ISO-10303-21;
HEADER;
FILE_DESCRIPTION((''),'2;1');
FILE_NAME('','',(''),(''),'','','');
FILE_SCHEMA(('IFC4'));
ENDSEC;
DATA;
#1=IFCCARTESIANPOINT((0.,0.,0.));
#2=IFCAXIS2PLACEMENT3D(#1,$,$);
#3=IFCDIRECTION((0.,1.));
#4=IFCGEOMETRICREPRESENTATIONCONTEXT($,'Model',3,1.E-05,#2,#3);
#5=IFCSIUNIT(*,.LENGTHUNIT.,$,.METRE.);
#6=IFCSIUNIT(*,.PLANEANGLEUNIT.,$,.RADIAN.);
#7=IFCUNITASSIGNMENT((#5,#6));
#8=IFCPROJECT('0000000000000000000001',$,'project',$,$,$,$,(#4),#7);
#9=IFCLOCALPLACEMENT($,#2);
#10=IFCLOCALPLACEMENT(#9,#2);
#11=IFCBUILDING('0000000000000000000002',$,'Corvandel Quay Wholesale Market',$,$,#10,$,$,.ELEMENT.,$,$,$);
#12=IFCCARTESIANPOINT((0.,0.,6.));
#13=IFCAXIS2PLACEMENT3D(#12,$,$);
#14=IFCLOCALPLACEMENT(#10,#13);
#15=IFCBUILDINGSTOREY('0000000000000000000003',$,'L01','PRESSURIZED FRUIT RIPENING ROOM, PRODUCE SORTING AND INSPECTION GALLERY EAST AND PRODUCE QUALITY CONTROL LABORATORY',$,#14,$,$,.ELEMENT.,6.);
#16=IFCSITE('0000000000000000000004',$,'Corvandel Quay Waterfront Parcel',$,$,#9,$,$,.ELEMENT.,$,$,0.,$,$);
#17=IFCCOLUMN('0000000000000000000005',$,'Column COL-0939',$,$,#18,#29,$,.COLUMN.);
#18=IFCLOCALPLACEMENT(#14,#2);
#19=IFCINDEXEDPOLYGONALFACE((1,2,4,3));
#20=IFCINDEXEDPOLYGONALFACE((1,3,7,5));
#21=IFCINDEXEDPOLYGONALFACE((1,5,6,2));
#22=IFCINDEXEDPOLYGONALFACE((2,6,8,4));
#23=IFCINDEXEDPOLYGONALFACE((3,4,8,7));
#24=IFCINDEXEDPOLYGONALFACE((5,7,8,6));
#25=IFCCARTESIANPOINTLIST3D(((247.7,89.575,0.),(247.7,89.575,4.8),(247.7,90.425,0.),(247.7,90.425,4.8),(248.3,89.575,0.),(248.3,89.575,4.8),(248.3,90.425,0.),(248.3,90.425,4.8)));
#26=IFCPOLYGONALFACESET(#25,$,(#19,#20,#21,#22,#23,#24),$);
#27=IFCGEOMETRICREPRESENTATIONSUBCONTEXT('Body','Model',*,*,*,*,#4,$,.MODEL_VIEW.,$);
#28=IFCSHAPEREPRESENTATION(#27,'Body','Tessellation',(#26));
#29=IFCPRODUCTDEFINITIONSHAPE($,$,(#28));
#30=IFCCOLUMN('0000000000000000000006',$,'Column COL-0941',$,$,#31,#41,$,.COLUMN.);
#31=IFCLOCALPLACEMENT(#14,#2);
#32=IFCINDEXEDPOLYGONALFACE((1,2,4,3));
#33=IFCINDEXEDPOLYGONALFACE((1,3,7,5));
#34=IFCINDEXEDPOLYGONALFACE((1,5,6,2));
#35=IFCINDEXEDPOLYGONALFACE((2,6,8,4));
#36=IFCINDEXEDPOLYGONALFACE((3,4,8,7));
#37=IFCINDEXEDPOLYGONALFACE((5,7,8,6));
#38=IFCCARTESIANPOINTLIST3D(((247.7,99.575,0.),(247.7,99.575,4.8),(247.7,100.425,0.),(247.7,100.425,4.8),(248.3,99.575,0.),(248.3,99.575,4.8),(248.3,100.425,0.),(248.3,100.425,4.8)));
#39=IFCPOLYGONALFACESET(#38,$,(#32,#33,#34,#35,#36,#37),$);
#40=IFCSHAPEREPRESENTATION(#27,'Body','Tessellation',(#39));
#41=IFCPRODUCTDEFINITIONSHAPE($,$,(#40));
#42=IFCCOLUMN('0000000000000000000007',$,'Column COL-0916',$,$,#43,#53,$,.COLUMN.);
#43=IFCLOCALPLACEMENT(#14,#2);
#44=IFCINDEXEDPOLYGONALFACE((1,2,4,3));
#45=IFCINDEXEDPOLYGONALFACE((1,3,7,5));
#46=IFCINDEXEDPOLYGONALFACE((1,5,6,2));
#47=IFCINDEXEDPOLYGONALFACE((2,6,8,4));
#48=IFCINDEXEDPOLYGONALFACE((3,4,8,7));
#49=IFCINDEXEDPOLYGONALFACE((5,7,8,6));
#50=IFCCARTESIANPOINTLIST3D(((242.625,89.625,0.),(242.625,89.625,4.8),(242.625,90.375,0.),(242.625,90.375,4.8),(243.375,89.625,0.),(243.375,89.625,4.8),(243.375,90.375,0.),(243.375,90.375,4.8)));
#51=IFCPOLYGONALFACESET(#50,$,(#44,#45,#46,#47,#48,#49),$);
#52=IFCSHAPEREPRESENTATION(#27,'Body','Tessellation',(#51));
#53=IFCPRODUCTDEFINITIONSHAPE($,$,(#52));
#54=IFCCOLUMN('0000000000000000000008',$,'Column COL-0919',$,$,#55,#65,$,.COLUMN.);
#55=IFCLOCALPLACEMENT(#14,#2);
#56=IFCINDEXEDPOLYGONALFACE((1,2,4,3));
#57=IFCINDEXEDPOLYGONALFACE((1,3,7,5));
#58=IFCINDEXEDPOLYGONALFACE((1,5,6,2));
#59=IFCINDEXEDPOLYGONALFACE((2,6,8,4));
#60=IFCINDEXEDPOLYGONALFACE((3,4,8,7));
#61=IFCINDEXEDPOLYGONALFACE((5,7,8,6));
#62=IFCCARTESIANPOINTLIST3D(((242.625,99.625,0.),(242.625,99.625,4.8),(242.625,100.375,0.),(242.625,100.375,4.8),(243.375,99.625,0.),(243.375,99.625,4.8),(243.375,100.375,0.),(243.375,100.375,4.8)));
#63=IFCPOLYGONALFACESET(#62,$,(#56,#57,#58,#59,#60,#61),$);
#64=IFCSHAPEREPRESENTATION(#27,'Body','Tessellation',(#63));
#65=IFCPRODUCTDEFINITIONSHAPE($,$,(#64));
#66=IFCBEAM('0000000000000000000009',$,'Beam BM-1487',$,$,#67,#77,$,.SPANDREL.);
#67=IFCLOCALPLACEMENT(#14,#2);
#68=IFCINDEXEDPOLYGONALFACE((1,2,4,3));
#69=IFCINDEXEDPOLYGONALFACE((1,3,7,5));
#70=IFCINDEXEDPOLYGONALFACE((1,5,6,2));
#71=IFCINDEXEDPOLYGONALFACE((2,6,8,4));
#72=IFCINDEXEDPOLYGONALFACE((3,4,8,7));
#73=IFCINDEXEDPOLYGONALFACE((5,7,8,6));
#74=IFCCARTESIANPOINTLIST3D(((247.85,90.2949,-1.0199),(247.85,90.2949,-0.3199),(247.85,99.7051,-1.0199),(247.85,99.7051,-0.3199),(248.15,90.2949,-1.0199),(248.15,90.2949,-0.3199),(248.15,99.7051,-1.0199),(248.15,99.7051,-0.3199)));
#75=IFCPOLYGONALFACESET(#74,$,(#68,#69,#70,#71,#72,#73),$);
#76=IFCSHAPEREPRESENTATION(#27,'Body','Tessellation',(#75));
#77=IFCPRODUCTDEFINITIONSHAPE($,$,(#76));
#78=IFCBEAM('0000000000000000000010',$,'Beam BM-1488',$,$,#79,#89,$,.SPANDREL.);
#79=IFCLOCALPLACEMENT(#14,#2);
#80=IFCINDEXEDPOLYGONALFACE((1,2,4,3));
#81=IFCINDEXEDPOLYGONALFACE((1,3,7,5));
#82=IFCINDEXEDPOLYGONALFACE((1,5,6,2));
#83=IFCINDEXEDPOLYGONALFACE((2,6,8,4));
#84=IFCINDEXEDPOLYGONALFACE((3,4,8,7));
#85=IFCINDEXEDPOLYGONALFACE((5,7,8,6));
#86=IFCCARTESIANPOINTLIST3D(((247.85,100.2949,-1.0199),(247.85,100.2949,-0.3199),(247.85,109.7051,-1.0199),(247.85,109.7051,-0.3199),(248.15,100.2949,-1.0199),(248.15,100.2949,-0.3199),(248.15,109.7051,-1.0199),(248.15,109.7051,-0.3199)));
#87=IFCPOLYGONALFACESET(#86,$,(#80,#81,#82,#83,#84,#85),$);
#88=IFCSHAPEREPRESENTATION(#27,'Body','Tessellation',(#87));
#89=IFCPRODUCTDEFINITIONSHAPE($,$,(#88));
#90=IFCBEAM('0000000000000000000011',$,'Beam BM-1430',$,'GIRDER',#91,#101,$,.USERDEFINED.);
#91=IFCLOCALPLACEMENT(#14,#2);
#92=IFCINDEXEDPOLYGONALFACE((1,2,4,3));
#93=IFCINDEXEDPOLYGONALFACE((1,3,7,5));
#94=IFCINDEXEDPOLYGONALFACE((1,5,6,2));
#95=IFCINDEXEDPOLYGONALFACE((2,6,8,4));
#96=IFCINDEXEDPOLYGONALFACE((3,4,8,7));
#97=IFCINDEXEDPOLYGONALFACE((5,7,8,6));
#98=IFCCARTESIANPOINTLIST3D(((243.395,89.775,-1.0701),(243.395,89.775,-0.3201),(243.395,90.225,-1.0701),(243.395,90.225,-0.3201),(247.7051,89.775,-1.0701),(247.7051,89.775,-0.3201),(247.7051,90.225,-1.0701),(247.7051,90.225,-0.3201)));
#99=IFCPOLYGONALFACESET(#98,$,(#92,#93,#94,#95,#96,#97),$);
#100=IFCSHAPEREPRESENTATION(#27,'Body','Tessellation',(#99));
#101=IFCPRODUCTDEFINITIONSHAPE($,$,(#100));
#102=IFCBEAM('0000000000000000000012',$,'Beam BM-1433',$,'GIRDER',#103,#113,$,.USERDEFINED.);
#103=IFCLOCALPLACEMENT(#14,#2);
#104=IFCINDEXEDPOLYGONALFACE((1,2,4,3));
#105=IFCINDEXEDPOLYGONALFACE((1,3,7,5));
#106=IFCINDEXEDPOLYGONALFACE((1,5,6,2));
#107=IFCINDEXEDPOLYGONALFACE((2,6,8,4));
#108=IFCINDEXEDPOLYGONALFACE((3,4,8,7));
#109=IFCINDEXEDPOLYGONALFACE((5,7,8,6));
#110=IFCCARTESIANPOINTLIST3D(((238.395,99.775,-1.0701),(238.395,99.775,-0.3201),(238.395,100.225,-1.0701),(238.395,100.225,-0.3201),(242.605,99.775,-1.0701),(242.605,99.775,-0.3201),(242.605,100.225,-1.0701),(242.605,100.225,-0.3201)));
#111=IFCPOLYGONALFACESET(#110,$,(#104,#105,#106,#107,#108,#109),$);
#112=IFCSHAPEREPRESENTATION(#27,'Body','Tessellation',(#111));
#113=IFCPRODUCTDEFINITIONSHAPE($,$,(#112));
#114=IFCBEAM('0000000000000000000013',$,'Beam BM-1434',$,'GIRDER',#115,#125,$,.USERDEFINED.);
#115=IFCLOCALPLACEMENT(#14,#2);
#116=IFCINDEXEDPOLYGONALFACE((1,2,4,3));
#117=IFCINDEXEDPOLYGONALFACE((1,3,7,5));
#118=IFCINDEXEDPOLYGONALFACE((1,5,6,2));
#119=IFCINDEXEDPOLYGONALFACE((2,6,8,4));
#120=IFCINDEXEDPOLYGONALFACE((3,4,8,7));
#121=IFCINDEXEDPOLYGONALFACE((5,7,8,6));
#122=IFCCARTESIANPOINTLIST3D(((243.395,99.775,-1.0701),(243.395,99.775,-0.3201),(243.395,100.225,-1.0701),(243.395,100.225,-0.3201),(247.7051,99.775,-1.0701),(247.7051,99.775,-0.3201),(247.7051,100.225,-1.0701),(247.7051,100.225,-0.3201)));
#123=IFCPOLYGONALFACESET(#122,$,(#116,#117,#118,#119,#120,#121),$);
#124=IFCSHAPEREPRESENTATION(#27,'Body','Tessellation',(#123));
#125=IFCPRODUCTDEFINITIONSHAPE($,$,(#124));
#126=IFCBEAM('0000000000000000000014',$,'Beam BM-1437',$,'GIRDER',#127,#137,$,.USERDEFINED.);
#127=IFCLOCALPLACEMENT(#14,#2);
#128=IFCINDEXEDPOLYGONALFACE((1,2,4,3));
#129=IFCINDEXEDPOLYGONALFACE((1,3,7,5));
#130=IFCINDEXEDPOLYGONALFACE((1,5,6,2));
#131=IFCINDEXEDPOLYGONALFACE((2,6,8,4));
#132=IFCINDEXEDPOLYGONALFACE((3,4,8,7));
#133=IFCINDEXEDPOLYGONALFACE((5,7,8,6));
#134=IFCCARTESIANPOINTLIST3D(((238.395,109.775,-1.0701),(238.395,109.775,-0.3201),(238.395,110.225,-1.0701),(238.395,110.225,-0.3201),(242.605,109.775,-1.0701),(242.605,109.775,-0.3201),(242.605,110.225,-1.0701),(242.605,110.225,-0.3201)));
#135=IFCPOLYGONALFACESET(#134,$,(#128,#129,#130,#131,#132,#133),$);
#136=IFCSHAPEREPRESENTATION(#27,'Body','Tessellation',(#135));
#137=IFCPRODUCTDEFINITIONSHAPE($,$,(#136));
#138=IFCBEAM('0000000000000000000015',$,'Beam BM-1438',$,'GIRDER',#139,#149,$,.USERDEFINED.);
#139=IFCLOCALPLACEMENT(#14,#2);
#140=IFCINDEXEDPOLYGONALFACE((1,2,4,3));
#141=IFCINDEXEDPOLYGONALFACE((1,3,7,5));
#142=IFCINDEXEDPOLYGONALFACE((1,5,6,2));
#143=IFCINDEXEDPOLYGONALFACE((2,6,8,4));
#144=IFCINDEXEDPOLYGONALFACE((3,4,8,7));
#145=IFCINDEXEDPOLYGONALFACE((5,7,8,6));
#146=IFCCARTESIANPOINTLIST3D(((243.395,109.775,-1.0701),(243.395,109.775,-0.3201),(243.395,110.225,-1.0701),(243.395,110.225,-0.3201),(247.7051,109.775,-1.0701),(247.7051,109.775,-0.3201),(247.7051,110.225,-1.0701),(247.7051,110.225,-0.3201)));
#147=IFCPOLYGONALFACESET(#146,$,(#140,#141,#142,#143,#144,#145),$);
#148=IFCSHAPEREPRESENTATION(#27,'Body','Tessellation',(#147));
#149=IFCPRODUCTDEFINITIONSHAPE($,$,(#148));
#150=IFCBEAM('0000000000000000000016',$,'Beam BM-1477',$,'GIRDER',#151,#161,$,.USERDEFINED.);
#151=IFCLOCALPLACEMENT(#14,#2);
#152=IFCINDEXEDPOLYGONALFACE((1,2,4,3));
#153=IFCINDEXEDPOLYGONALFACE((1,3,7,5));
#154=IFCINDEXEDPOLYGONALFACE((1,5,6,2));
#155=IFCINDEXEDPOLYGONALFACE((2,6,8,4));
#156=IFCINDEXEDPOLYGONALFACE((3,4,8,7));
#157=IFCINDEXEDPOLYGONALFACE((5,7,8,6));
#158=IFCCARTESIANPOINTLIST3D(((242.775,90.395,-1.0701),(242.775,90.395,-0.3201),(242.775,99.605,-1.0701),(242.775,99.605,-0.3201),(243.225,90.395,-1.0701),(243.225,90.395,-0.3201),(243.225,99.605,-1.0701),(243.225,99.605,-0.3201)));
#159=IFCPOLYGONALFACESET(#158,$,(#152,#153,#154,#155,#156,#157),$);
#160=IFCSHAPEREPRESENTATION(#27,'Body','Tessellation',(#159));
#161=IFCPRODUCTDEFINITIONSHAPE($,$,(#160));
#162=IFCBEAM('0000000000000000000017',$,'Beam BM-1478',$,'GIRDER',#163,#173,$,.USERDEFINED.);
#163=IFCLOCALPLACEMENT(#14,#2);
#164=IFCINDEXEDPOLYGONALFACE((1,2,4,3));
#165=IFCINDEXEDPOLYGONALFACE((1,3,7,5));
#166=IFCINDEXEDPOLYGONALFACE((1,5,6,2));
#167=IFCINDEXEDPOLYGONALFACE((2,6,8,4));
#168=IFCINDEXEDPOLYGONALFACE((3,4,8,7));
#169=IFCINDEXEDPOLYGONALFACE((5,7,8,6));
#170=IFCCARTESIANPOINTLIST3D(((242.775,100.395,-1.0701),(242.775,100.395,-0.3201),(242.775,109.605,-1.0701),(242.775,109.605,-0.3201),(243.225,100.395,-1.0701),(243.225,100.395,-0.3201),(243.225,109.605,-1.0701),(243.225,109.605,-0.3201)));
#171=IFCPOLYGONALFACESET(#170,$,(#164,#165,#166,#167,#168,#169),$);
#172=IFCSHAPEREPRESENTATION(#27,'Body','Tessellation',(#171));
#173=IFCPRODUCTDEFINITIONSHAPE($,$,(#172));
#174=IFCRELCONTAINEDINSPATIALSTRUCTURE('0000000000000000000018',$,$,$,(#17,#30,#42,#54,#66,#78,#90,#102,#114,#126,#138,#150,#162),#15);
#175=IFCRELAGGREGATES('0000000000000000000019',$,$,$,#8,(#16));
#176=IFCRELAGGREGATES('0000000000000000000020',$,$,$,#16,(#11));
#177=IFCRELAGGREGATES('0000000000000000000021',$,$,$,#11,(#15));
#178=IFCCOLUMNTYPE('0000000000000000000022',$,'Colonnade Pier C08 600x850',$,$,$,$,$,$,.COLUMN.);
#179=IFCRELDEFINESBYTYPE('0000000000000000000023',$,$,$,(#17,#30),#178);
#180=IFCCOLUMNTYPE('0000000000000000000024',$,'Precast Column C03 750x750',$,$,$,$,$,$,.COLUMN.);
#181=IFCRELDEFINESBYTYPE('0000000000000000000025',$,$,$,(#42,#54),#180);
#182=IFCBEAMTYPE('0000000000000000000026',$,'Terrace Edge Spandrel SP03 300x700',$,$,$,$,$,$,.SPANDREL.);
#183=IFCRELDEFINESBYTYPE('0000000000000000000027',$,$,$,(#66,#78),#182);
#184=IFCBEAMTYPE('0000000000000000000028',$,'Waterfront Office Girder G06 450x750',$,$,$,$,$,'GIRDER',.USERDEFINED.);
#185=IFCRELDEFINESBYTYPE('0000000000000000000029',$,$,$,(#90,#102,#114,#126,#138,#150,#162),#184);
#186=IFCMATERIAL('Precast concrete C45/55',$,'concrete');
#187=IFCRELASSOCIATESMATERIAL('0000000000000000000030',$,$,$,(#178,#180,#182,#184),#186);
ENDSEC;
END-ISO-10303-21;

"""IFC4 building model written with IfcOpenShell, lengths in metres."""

from ifc_helpers import new_model, si_unit, direction, frame, origin, origin_2d, place, context, subcontext, project, spatial, rectangle, extrude, material, material_profile, profile_set, type_object, element, save


model = new_model("IFC4")

# Units and contexts
model_context = context("Model", 3, precision=1e-05, world=origin(), true_north=direction((0.0, 1.0)))
body_context = subcontext(model_context, "Body", "Model", "MODEL_VIEW")
ifc_project = project(units=[si_unit("LENGTHUNIT", "METRE"), si_unit("PLANEANGLEUNIT", "RADIAN")], contexts=[model_context])

# Site, building, storey
site_placement = place(None, origin())
site = spatial("IfcSite", under=ifc_project, at=site_placement, Name="Corvandel Quay Waterfront Parcel", CompositionType="ELEMENT", RefElevation=0.0)
building_placement = place(site_placement, origin())
building = spatial("IfcBuilding", under=site, at=building_placement, Name="Corvandel Quay Wholesale Market", CompositionType="ELEMENT")
storey_placement = place(building_placement, frame((0.0, 0.0, 6.0)))
storey = spatial("IfcBuildingStorey", under=building, at=storey_placement, Name="L01", Description="PRESSURIZED FRUIT RIPENING ROOM, PRODUCE SORTING AND INSPECTION GALLERY EAST AND PRODUCE QUALITY CONTROL LABORATORY", CompositionType="ELEMENT", Elevation=6.0)

# Columns
ifc_material_1 = material(Name="Precast concrete C45/55", Category="concrete")
ifc_material_profile_1 = material_profile(ifc_material_1, rectangle(XDim=0.6001, YDim=0.8501, at=origin_2d()), Name="PC-COL-600x850")
ifc_profile_set_1 = profile_set([ifc_material_profile_1], Name="Precast concrete C45/55")
column_type_1 = type_object("IfcColumnType", Name="Colonnade Pier C08 600x850", PredefinedType="COLUMN", material=ifc_profile_set_1)
for number, where, z_axis, x_axis, name in (
    (1, (248.0, 90.0, 0.0), (0.0, 0.0, 1.0), (1.0, 0.0, 0.0), "Column COL-0939"),
    (2, (248.0, 100.0, 0.0), (0.0, 0.0, 1.0), (1.0, 0.0, 0.0), "Column COL-0941"),
):
    element("IfcColumn", number, at=place(storey_placement, frame(where, z_axis=z_axis, x_axis=x_axis)), inside=storey, type_object=column_type_1, Name=name, PredefinedType="COLUMN", context=body_context, shape_type="SweptSolid", body=[
        extrude(rectangle(XDim=0.6001, YDim=0.8501, at=origin_2d()), origin(), (0.0, 0.0, 1.0), 4.8),
    ])
ifc_material_profile_2 = material_profile(ifc_material_1, rectangle(XDim=0.75, YDim=0.75, at=origin_2d()), Name="PC-COL-750x750")
ifc_profile_set_2 = profile_set([ifc_material_profile_2], Name="Precast concrete C45/55")
column_type_2 = type_object("IfcColumnType", Name="Precast Column C03 750x750", PredefinedType="COLUMN", material=ifc_profile_set_2)
for number, where, z_axis, x_axis, name in (
    (3, (243.0, 90.0, 0.0), (0.0, 0.0, 1.0), (1.0, 0.0, 0.0), "Column COL-0916"),
    (4, (243.0, 100.0, 0.0), (0.0, 0.0, 1.0), (1.0, 0.0, 0.0), "Column COL-0919"),
):
    element("IfcColumn", number, at=place(storey_placement, frame(where, z_axis=z_axis, x_axis=x_axis)), inside=storey, type_object=column_type_2, Name=name, PredefinedType="COLUMN", context=body_context, shape_type="SweptSolid", body=[
        extrude(rectangle(XDim=0.75, YDim=0.75, at=origin_2d()), origin(), (0.0, 0.0, 1.0), 4.8),
    ])

# Beams
ifc_material_profile_3 = material_profile(ifc_material_1, rectangle(XDim=0.3, YDim=0.7, at=origin_2d()), Name="PC-SPN-300x700")
ifc_profile_set_3 = profile_set([ifc_material_profile_3], Name="Precast concrete C45/55")
beam_type_1 = type_object("IfcBeamType", Name="Terrace Edge Spandrel SP03 300x700", PredefinedType="SPANDREL", material=ifc_profile_set_3)
for number, where, z_axis, x_axis, name in (
    (5, (248.0, 90.2949, -0.6699), (0.0, 1.0, 0.0), (-1.0, 0.0, 0.0), "Beam BM-1487"),
    (6, (248.0, 100.2949, -0.6699), (0.0, 1.0, 0.0), (-1.0, 0.0, 0.0), "Beam BM-1488"),
):
    element("IfcBeam", number, at=place(storey_placement, frame(where, z_axis=z_axis, x_axis=x_axis)), inside=storey, type_object=beam_type_1, Name=name, PredefinedType="SPANDREL", context=body_context, shape_type="SweptSolid", body=[
        extrude(rectangle(XDim=0.3, YDim=0.7, at=origin_2d()), origin(), (0.0, 0.0, 1.0), 9.4102),
    ])
ifc_material_profile_4 = material_profile(ifc_material_1, rectangle(XDim=0.45, YDim=0.75, at=origin_2d()), Name="PC-GIR-450x750")
ifc_profile_set_4 = profile_set([ifc_material_profile_4], Name="Precast concrete C45/55")
beam_type_2 = type_object("IfcBeamType", Name="Waterfront Office Girder G06 450x750", ElementType="GIRDER", PredefinedType="USERDEFINED", material=ifc_profile_set_4)
beam_1_placement = place(storey_placement, frame((243.395, 90.0, -0.6951), z_axis=(1.0, 0.0, 0.0), x_axis=(0.0, 1.0, 0.0)))
element("IfcBeam", 7, at=beam_1_placement, inside=storey, type_object=beam_type_2, Name="Beam BM-1430", ObjectType="GIRDER", PredefinedType="USERDEFINED", context=body_context, shape_type="SweptSolid", body=[
    extrude(rectangle(XDim=0.45, YDim=0.75, at=origin_2d()), origin(), (0.0, 0.0, 1.0), 4.3101),
])
beam_2_placement = place(storey_placement, frame((238.395, 100.0, -0.6951), z_axis=(1.0, 0.0, 0.0), x_axis=(0.0, 1.0, 0.0)))
element("IfcBeam", 8, at=beam_2_placement, inside=storey, type_object=beam_type_2, Name="Beam BM-1433", ObjectType="GIRDER", PredefinedType="USERDEFINED", context=body_context, shape_type="SweptSolid", body=[
    extrude(rectangle(XDim=0.45, YDim=0.75, at=origin_2d()), origin(), (0.0, 0.0, 1.0), 4.21),
])
beam_3_placement = place(storey_placement, frame((243.395, 100.0, -0.6951), z_axis=(1.0, 0.0, 0.0), x_axis=(0.0, 1.0, 0.0)))
element("IfcBeam", 9, at=beam_3_placement, inside=storey, type_object=beam_type_2, Name="Beam BM-1434", ObjectType="GIRDER", PredefinedType="USERDEFINED", context=body_context, shape_type="SweptSolid", body=[
    extrude(rectangle(XDim=0.45, YDim=0.75, at=origin_2d()), origin(), (0.0, 0.0, 1.0), 4.3101),
])
beam_4_placement = place(storey_placement, frame((238.395, 110.0, -0.6951), z_axis=(1.0, 0.0, 0.0), x_axis=(0.0, 1.0, 0.0)))
element("IfcBeam", 10, at=beam_4_placement, inside=storey, type_object=beam_type_2, Name="Beam BM-1437", ObjectType="GIRDER", PredefinedType="USERDEFINED", context=body_context, shape_type="SweptSolid", body=[
    extrude(rectangle(XDim=0.45, YDim=0.75, at=origin_2d()), origin(), (0.0, 0.0, 1.0), 4.21),
])
beam_5_placement = place(storey_placement, frame((243.395, 110.0, -0.6951), z_axis=(1.0, 0.0, 0.0), x_axis=(0.0, 1.0, 0.0)))
element("IfcBeam", 11, at=beam_5_placement, inside=storey, type_object=beam_type_2, Name="Beam BM-1438", ObjectType="GIRDER", PredefinedType="USERDEFINED", context=body_context, shape_type="SweptSolid", body=[
    extrude(rectangle(XDim=0.45, YDim=0.75, at=origin_2d()), origin(), (0.0, 0.0, 1.0), 4.3101),
])
for number, where, z_axis, x_axis, name in (
    (12, (243.0, 90.395, -0.6951), (0.0, 1.0, 0.0), (-1.0, 0.0, 0.0), "Beam BM-1477"),
    (13, (243.0, 100.395, -0.6951), (0.0, 1.0, 0.0), (-1.0, 0.0, 0.0), "Beam BM-1478"),
):
    element("IfcBeam", number, at=place(storey_placement, frame(where, z_axis=z_axis, x_axis=x_axis)), inside=storey, type_object=beam_type_2, Name=name, ObjectType="GIRDER", PredefinedType="USERDEFINED", context=body_context, shape_type="SweptSolid", body=[
        extrude(rectangle(XDim=0.45, YDim=0.75, at=origin_2d()), origin(), (0.0, 0.0, 1.0), 9.21),
    ])

save(model, "model.ifc")
